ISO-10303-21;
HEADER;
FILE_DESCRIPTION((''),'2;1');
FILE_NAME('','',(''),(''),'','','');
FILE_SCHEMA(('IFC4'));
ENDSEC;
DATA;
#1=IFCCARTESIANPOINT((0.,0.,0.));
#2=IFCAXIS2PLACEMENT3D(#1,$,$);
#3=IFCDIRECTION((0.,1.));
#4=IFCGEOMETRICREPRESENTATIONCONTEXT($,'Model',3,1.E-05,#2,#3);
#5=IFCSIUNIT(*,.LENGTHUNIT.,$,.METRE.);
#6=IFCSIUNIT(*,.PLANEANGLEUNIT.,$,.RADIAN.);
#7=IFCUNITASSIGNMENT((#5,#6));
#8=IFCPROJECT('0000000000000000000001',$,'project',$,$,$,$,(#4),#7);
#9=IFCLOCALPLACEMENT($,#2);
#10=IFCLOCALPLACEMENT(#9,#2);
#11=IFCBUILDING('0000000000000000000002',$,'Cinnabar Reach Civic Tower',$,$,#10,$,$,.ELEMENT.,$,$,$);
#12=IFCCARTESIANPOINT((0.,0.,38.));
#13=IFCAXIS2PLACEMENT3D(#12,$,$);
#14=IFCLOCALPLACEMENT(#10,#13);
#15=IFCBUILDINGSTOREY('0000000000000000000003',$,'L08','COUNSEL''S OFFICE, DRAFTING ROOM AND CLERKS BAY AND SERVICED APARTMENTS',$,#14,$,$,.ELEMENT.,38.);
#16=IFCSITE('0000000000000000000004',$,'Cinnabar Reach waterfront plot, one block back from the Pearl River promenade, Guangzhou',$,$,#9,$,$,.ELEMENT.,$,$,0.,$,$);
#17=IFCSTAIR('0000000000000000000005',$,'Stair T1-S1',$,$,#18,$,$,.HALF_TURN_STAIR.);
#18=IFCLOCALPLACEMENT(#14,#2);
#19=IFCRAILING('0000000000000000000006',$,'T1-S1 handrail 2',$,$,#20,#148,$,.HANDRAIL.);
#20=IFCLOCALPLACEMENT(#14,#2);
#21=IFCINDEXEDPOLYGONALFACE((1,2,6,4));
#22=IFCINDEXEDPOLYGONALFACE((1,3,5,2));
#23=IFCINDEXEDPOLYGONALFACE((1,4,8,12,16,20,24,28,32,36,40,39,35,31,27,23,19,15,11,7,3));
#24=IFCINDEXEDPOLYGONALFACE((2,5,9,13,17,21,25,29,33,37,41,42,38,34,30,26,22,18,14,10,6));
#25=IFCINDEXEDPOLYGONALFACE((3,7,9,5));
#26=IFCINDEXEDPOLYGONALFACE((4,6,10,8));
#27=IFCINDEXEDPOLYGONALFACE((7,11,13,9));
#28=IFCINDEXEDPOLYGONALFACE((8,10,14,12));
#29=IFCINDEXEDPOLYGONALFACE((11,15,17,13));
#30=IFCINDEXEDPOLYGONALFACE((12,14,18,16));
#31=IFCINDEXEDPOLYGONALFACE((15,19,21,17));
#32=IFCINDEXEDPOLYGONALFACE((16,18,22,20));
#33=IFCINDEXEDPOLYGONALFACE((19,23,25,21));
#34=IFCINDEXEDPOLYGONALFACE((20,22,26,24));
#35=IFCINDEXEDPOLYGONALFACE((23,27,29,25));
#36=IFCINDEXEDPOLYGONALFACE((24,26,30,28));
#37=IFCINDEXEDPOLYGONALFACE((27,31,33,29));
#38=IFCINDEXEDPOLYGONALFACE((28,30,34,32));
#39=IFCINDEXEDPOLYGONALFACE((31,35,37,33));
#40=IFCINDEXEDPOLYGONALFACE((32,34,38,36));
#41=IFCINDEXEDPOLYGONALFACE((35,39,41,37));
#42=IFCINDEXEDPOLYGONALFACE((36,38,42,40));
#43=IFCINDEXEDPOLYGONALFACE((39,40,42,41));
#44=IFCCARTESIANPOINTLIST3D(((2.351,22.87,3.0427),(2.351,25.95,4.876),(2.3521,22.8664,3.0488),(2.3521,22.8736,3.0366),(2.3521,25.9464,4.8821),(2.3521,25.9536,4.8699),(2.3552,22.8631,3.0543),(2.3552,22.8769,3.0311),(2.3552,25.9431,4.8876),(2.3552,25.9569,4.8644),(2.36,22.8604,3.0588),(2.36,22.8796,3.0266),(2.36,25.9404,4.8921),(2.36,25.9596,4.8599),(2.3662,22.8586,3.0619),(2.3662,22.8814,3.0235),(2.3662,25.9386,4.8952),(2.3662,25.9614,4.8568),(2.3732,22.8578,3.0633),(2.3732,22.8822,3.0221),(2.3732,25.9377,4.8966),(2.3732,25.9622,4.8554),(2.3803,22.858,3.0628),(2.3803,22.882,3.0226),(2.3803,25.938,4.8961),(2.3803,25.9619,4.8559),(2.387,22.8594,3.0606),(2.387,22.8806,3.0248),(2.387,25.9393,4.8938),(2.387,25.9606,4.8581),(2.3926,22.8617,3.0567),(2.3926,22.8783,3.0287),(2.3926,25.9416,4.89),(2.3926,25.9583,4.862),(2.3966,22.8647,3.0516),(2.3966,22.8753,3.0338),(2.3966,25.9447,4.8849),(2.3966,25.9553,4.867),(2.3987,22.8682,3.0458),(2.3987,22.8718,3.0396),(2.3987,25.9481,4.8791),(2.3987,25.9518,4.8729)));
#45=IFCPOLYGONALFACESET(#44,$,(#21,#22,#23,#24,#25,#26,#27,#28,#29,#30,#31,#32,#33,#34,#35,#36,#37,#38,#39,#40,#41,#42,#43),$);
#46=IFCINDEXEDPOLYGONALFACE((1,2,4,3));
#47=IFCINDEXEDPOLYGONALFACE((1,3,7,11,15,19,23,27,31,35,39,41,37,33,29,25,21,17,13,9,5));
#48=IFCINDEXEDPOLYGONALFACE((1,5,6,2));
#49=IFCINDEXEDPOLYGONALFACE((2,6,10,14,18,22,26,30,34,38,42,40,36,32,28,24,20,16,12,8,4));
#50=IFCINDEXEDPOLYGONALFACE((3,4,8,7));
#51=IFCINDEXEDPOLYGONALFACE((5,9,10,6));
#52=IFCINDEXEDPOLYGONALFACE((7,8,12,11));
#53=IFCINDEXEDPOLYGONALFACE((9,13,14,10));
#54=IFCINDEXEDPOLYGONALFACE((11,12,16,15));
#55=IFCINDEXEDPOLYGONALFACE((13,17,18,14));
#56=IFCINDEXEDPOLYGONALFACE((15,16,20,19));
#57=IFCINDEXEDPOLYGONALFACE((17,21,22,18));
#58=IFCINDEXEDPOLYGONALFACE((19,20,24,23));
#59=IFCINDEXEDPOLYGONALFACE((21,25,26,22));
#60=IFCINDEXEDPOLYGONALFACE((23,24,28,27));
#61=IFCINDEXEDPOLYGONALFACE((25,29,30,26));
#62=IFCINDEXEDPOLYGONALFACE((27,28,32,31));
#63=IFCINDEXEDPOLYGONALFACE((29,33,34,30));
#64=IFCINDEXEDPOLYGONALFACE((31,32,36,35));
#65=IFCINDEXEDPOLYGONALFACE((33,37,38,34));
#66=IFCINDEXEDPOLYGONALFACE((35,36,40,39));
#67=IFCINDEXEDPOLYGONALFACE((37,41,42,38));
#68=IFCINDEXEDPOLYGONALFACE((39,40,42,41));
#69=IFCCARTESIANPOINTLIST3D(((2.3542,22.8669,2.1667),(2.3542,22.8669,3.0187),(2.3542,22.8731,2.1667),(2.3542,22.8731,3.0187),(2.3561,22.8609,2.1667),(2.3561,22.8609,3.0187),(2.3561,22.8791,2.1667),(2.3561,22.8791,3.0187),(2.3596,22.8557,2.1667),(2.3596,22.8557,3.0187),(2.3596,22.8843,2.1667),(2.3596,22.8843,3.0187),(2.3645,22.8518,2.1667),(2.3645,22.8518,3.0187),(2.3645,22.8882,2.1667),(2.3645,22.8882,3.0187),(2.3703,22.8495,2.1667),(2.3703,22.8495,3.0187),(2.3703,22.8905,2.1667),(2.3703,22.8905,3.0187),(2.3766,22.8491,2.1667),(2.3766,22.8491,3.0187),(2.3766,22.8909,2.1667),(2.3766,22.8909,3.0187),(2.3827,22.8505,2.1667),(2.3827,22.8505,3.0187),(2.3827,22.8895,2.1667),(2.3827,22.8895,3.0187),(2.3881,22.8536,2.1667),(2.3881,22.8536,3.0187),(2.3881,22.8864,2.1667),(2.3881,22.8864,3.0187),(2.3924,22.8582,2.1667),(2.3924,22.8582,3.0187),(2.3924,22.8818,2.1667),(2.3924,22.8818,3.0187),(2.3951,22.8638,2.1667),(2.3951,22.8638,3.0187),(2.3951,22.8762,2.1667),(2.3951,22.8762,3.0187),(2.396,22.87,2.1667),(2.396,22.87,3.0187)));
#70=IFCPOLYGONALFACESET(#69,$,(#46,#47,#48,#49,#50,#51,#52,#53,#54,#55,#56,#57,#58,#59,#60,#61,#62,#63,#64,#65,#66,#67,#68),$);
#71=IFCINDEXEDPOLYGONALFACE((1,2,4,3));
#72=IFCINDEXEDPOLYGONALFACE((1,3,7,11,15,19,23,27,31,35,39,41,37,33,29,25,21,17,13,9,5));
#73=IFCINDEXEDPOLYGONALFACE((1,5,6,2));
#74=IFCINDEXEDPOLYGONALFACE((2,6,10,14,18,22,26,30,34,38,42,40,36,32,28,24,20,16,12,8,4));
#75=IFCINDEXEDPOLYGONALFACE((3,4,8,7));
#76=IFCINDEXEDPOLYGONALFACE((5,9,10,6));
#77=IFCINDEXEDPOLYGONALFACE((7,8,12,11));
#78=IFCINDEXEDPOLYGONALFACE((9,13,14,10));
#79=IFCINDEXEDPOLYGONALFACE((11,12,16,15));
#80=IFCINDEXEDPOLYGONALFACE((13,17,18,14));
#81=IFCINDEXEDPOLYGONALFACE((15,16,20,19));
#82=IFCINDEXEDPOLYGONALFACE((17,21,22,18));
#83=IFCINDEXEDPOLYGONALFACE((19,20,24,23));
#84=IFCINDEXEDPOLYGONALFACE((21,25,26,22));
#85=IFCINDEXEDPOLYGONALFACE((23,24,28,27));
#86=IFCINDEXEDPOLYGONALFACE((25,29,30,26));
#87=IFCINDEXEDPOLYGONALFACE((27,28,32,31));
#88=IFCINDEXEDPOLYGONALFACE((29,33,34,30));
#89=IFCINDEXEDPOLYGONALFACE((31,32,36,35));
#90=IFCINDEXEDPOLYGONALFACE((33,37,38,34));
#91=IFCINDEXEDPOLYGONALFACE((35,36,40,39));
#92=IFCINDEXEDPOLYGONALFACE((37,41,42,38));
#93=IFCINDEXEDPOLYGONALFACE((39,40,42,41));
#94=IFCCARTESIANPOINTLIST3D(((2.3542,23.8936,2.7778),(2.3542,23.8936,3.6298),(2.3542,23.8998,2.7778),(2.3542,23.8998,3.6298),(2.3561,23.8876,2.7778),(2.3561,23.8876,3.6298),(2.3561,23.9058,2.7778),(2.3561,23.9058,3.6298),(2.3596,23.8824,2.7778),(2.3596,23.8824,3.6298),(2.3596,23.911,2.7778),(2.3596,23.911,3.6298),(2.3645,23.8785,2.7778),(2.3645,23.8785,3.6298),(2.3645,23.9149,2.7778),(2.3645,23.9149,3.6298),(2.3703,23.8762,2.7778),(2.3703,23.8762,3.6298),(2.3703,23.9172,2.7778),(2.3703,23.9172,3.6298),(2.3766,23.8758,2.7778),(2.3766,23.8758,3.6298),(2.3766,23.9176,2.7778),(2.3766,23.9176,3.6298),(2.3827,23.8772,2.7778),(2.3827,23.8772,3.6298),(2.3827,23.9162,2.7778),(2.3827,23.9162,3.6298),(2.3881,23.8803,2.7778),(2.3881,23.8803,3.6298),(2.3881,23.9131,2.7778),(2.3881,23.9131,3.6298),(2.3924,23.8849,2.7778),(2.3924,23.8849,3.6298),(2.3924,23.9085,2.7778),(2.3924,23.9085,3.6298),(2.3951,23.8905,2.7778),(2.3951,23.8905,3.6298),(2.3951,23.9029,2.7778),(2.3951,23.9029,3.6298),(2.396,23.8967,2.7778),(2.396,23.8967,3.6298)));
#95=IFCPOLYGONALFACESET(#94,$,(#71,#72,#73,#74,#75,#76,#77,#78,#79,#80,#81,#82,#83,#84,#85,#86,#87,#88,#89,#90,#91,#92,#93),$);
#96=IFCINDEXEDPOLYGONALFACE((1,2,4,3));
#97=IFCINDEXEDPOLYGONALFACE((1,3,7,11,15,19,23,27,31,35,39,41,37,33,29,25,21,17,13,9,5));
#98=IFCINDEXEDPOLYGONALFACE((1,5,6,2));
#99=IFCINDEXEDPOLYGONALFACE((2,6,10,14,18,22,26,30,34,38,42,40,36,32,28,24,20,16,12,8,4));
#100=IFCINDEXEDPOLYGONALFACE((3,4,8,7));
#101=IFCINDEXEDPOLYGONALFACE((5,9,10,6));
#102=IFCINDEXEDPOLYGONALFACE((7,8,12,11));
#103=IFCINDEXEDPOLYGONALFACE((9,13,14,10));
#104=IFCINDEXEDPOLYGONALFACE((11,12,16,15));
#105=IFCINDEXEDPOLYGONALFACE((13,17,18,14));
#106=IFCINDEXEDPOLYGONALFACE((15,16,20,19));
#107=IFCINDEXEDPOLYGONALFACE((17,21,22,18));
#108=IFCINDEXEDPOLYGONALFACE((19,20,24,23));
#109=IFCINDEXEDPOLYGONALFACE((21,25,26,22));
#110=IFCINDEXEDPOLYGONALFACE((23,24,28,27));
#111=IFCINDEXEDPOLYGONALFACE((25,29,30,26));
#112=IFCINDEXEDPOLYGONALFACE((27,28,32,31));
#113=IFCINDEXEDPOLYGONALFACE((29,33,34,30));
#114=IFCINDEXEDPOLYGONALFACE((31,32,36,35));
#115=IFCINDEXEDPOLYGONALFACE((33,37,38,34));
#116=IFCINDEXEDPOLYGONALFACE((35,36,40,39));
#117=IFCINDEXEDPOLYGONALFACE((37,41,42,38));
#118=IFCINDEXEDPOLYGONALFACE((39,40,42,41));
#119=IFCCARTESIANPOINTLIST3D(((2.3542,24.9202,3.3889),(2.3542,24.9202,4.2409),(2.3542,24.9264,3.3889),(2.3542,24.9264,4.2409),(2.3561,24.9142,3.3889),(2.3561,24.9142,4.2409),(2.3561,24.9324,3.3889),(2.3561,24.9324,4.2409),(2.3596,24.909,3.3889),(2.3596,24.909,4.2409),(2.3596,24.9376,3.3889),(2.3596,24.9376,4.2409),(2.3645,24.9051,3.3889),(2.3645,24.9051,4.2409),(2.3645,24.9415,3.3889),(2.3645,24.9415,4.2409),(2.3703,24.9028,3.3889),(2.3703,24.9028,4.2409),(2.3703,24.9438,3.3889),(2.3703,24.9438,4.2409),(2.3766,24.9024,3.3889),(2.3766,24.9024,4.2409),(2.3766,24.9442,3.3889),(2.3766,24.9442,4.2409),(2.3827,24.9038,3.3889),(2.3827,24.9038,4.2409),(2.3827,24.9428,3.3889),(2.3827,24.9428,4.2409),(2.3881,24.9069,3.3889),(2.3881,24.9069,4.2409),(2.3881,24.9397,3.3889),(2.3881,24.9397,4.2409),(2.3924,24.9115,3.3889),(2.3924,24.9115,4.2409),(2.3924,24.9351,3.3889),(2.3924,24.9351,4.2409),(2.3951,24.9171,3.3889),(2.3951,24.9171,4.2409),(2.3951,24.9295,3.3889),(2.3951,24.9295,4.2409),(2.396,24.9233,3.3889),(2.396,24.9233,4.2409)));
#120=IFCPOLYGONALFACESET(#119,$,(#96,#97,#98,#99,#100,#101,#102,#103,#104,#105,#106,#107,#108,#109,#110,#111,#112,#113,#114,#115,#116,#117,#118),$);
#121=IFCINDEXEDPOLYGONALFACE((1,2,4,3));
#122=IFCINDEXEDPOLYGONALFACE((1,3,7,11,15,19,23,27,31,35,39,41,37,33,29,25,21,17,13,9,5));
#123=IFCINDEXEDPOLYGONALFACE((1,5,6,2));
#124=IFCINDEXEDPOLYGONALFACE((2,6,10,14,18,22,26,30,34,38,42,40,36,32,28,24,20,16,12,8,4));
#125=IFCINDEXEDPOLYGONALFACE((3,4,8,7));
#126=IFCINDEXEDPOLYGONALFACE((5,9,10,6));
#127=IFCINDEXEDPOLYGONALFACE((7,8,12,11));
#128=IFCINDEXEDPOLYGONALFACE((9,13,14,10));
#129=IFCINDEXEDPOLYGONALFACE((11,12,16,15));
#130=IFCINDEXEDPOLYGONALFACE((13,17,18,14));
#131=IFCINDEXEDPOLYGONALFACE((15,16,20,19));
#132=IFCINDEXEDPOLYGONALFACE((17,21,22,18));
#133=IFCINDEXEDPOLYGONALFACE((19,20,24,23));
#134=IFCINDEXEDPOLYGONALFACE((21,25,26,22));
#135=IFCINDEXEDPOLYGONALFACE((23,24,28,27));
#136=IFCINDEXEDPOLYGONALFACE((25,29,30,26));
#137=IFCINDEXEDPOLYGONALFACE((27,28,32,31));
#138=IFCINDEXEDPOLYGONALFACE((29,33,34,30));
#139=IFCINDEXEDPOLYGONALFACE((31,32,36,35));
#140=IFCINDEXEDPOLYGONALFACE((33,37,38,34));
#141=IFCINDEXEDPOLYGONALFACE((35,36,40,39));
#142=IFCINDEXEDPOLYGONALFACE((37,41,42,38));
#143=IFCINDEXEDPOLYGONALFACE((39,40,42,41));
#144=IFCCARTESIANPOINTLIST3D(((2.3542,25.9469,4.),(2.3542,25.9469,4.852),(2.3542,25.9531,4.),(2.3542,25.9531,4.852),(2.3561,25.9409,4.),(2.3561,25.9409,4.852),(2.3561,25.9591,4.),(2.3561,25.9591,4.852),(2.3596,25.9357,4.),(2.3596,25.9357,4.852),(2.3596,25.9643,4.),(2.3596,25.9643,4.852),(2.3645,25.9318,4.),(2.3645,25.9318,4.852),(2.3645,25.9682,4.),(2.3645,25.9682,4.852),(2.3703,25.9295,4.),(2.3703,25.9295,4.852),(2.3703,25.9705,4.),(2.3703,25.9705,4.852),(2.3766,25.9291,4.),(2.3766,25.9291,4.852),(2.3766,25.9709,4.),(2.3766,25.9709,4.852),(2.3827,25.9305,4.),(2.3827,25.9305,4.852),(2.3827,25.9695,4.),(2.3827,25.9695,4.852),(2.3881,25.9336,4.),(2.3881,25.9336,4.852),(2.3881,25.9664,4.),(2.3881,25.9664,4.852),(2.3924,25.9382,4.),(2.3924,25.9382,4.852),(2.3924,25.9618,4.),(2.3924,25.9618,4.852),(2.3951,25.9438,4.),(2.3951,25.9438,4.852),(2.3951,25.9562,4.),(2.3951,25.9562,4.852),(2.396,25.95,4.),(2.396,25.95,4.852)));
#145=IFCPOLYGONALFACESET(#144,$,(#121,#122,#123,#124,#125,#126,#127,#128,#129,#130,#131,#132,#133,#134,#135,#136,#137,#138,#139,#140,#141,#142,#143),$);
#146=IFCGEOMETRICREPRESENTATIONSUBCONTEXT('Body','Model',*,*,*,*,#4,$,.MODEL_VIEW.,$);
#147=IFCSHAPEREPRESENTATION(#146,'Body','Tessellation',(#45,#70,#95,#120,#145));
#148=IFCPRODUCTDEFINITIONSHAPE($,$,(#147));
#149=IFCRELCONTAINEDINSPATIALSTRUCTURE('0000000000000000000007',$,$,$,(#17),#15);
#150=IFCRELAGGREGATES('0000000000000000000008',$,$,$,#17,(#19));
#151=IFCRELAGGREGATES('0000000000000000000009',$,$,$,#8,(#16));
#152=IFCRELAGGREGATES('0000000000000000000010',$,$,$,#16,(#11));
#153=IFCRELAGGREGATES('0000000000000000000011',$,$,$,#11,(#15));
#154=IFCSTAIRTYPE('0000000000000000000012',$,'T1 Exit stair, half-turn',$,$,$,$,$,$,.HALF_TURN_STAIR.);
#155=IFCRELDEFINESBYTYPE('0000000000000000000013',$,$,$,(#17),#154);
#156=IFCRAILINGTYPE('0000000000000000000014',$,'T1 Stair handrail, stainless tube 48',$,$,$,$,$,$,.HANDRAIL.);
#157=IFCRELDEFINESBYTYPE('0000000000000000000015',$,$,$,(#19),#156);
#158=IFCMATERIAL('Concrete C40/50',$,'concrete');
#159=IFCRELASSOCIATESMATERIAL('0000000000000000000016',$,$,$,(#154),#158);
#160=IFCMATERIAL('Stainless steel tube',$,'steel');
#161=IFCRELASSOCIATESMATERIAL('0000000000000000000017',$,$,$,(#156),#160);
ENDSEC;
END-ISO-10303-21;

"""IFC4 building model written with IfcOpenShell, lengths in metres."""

from ifc_helpers import new_model, si_unit, direction, frame, origin, origin_2d, place, context, subcontext, project, spatial, circle, extrude, material, type_object, element, aggregate, save


model = new_model("IFC4")

# Units and contexts
model_context = context("Model", 3, precision=1e-05, world=origin(), true_north=direction((0.0, 1.0)))
body_context = subcontext(model_context, "Body", "Model", "MODEL_VIEW")
ifc_project = project(units=[si_unit("LENGTHUNIT", "METRE"), si_unit("PLANEANGLEUNIT", "RADIAN")], contexts=[model_context])

# Site, building, storey
site_placement = place(None, origin())
site = spatial("IfcSite", under=ifc_project, at=site_placement, Name="Cinnabar Reach waterfront plot, one block back from the Pearl River promenade, Guangzhou", CompositionType="ELEMENT", RefElevation=0.0)
building_placement = place(site_placement, origin())
building = spatial("IfcBuilding", under=site, at=building_placement, Name="Cinnabar Reach Civic Tower", CompositionType="ELEMENT")
storey_placement = place(building_placement, frame((0.0, 0.0, 38.0)))
storey = spatial("IfcBuildingStorey", under=building, at=storey_placement, Name="L08", Description="COUNSEL'S OFFICE, DRAFTING ROOM AND CLERKS BAY AND SERVICED APARTMENTS", CompositionType="ELEMENT", Elevation=38.0)

# Shared definitions
ifc_material_1 = material(Name="Concrete C40/50", Category="concrete")

# Stair, railing
stair_type = type_object("IfcStairType", Name="T1 Exit stair, half-turn", PredefinedType="HALF_TURN_STAIR", material=ifc_material_1)
stair_placement = place(storey_placement, origin())
stair = element("IfcStair", 1, at=stair_placement, inside=storey, type_object=stair_type, Name="Stair T1-S1", PredefinedType="HALF_TURN_STAIR")
ifc_material_2 = material(Name="Stainless steel tube", Category="steel")
railing_type = type_object("IfcRailingType", Name="T1 Stair handrail, stainless tube 48", PredefinedType="HANDRAIL", material=ifc_material_2)
railing_1_placement = place(storey_placement, frame((2.375, 22.87, 2.1667)))
railing_1 = element("IfcRailing", 2, at=railing_1_placement, type_object=railing_type, Name="T1-S1 handrail 2", PredefinedType="HANDRAIL", context=body_context, shape_type="SweptSolid", body=[
    extrude(circle(Radius=0.024, at=origin_2d()), frame((0.0, 0.0, 0.876), z_axis=(0.0, 0.859297, 0.511477), x_axis=(-1.0, 0.0, 0.0)), (0.0, 0.0, 1.0), 3.5843),
    extrude(circle(Radius=0.021, at=origin_2d()), origin(), (0.0, 0.0, 1.0), 0.852),
    extrude(circle(Radius=0.021, at=origin_2d()), frame((0.0, 1.0267, 0.6111)), (0.0, 0.0, 1.0), 0.852),
    extrude(circle(Radius=0.021, at=origin_2d()), frame((0.0, 2.0533, 1.2222)), (0.0, 0.0, 1.0), 0.852),
    extrude(circle(Radius=0.021, at=origin_2d()), frame((0.0, 3.08, 1.8333)), (0.0, 0.0, 1.0), 0.852),
])
aggregate(stair, [railing_1])

save(model, "model.ifc")
